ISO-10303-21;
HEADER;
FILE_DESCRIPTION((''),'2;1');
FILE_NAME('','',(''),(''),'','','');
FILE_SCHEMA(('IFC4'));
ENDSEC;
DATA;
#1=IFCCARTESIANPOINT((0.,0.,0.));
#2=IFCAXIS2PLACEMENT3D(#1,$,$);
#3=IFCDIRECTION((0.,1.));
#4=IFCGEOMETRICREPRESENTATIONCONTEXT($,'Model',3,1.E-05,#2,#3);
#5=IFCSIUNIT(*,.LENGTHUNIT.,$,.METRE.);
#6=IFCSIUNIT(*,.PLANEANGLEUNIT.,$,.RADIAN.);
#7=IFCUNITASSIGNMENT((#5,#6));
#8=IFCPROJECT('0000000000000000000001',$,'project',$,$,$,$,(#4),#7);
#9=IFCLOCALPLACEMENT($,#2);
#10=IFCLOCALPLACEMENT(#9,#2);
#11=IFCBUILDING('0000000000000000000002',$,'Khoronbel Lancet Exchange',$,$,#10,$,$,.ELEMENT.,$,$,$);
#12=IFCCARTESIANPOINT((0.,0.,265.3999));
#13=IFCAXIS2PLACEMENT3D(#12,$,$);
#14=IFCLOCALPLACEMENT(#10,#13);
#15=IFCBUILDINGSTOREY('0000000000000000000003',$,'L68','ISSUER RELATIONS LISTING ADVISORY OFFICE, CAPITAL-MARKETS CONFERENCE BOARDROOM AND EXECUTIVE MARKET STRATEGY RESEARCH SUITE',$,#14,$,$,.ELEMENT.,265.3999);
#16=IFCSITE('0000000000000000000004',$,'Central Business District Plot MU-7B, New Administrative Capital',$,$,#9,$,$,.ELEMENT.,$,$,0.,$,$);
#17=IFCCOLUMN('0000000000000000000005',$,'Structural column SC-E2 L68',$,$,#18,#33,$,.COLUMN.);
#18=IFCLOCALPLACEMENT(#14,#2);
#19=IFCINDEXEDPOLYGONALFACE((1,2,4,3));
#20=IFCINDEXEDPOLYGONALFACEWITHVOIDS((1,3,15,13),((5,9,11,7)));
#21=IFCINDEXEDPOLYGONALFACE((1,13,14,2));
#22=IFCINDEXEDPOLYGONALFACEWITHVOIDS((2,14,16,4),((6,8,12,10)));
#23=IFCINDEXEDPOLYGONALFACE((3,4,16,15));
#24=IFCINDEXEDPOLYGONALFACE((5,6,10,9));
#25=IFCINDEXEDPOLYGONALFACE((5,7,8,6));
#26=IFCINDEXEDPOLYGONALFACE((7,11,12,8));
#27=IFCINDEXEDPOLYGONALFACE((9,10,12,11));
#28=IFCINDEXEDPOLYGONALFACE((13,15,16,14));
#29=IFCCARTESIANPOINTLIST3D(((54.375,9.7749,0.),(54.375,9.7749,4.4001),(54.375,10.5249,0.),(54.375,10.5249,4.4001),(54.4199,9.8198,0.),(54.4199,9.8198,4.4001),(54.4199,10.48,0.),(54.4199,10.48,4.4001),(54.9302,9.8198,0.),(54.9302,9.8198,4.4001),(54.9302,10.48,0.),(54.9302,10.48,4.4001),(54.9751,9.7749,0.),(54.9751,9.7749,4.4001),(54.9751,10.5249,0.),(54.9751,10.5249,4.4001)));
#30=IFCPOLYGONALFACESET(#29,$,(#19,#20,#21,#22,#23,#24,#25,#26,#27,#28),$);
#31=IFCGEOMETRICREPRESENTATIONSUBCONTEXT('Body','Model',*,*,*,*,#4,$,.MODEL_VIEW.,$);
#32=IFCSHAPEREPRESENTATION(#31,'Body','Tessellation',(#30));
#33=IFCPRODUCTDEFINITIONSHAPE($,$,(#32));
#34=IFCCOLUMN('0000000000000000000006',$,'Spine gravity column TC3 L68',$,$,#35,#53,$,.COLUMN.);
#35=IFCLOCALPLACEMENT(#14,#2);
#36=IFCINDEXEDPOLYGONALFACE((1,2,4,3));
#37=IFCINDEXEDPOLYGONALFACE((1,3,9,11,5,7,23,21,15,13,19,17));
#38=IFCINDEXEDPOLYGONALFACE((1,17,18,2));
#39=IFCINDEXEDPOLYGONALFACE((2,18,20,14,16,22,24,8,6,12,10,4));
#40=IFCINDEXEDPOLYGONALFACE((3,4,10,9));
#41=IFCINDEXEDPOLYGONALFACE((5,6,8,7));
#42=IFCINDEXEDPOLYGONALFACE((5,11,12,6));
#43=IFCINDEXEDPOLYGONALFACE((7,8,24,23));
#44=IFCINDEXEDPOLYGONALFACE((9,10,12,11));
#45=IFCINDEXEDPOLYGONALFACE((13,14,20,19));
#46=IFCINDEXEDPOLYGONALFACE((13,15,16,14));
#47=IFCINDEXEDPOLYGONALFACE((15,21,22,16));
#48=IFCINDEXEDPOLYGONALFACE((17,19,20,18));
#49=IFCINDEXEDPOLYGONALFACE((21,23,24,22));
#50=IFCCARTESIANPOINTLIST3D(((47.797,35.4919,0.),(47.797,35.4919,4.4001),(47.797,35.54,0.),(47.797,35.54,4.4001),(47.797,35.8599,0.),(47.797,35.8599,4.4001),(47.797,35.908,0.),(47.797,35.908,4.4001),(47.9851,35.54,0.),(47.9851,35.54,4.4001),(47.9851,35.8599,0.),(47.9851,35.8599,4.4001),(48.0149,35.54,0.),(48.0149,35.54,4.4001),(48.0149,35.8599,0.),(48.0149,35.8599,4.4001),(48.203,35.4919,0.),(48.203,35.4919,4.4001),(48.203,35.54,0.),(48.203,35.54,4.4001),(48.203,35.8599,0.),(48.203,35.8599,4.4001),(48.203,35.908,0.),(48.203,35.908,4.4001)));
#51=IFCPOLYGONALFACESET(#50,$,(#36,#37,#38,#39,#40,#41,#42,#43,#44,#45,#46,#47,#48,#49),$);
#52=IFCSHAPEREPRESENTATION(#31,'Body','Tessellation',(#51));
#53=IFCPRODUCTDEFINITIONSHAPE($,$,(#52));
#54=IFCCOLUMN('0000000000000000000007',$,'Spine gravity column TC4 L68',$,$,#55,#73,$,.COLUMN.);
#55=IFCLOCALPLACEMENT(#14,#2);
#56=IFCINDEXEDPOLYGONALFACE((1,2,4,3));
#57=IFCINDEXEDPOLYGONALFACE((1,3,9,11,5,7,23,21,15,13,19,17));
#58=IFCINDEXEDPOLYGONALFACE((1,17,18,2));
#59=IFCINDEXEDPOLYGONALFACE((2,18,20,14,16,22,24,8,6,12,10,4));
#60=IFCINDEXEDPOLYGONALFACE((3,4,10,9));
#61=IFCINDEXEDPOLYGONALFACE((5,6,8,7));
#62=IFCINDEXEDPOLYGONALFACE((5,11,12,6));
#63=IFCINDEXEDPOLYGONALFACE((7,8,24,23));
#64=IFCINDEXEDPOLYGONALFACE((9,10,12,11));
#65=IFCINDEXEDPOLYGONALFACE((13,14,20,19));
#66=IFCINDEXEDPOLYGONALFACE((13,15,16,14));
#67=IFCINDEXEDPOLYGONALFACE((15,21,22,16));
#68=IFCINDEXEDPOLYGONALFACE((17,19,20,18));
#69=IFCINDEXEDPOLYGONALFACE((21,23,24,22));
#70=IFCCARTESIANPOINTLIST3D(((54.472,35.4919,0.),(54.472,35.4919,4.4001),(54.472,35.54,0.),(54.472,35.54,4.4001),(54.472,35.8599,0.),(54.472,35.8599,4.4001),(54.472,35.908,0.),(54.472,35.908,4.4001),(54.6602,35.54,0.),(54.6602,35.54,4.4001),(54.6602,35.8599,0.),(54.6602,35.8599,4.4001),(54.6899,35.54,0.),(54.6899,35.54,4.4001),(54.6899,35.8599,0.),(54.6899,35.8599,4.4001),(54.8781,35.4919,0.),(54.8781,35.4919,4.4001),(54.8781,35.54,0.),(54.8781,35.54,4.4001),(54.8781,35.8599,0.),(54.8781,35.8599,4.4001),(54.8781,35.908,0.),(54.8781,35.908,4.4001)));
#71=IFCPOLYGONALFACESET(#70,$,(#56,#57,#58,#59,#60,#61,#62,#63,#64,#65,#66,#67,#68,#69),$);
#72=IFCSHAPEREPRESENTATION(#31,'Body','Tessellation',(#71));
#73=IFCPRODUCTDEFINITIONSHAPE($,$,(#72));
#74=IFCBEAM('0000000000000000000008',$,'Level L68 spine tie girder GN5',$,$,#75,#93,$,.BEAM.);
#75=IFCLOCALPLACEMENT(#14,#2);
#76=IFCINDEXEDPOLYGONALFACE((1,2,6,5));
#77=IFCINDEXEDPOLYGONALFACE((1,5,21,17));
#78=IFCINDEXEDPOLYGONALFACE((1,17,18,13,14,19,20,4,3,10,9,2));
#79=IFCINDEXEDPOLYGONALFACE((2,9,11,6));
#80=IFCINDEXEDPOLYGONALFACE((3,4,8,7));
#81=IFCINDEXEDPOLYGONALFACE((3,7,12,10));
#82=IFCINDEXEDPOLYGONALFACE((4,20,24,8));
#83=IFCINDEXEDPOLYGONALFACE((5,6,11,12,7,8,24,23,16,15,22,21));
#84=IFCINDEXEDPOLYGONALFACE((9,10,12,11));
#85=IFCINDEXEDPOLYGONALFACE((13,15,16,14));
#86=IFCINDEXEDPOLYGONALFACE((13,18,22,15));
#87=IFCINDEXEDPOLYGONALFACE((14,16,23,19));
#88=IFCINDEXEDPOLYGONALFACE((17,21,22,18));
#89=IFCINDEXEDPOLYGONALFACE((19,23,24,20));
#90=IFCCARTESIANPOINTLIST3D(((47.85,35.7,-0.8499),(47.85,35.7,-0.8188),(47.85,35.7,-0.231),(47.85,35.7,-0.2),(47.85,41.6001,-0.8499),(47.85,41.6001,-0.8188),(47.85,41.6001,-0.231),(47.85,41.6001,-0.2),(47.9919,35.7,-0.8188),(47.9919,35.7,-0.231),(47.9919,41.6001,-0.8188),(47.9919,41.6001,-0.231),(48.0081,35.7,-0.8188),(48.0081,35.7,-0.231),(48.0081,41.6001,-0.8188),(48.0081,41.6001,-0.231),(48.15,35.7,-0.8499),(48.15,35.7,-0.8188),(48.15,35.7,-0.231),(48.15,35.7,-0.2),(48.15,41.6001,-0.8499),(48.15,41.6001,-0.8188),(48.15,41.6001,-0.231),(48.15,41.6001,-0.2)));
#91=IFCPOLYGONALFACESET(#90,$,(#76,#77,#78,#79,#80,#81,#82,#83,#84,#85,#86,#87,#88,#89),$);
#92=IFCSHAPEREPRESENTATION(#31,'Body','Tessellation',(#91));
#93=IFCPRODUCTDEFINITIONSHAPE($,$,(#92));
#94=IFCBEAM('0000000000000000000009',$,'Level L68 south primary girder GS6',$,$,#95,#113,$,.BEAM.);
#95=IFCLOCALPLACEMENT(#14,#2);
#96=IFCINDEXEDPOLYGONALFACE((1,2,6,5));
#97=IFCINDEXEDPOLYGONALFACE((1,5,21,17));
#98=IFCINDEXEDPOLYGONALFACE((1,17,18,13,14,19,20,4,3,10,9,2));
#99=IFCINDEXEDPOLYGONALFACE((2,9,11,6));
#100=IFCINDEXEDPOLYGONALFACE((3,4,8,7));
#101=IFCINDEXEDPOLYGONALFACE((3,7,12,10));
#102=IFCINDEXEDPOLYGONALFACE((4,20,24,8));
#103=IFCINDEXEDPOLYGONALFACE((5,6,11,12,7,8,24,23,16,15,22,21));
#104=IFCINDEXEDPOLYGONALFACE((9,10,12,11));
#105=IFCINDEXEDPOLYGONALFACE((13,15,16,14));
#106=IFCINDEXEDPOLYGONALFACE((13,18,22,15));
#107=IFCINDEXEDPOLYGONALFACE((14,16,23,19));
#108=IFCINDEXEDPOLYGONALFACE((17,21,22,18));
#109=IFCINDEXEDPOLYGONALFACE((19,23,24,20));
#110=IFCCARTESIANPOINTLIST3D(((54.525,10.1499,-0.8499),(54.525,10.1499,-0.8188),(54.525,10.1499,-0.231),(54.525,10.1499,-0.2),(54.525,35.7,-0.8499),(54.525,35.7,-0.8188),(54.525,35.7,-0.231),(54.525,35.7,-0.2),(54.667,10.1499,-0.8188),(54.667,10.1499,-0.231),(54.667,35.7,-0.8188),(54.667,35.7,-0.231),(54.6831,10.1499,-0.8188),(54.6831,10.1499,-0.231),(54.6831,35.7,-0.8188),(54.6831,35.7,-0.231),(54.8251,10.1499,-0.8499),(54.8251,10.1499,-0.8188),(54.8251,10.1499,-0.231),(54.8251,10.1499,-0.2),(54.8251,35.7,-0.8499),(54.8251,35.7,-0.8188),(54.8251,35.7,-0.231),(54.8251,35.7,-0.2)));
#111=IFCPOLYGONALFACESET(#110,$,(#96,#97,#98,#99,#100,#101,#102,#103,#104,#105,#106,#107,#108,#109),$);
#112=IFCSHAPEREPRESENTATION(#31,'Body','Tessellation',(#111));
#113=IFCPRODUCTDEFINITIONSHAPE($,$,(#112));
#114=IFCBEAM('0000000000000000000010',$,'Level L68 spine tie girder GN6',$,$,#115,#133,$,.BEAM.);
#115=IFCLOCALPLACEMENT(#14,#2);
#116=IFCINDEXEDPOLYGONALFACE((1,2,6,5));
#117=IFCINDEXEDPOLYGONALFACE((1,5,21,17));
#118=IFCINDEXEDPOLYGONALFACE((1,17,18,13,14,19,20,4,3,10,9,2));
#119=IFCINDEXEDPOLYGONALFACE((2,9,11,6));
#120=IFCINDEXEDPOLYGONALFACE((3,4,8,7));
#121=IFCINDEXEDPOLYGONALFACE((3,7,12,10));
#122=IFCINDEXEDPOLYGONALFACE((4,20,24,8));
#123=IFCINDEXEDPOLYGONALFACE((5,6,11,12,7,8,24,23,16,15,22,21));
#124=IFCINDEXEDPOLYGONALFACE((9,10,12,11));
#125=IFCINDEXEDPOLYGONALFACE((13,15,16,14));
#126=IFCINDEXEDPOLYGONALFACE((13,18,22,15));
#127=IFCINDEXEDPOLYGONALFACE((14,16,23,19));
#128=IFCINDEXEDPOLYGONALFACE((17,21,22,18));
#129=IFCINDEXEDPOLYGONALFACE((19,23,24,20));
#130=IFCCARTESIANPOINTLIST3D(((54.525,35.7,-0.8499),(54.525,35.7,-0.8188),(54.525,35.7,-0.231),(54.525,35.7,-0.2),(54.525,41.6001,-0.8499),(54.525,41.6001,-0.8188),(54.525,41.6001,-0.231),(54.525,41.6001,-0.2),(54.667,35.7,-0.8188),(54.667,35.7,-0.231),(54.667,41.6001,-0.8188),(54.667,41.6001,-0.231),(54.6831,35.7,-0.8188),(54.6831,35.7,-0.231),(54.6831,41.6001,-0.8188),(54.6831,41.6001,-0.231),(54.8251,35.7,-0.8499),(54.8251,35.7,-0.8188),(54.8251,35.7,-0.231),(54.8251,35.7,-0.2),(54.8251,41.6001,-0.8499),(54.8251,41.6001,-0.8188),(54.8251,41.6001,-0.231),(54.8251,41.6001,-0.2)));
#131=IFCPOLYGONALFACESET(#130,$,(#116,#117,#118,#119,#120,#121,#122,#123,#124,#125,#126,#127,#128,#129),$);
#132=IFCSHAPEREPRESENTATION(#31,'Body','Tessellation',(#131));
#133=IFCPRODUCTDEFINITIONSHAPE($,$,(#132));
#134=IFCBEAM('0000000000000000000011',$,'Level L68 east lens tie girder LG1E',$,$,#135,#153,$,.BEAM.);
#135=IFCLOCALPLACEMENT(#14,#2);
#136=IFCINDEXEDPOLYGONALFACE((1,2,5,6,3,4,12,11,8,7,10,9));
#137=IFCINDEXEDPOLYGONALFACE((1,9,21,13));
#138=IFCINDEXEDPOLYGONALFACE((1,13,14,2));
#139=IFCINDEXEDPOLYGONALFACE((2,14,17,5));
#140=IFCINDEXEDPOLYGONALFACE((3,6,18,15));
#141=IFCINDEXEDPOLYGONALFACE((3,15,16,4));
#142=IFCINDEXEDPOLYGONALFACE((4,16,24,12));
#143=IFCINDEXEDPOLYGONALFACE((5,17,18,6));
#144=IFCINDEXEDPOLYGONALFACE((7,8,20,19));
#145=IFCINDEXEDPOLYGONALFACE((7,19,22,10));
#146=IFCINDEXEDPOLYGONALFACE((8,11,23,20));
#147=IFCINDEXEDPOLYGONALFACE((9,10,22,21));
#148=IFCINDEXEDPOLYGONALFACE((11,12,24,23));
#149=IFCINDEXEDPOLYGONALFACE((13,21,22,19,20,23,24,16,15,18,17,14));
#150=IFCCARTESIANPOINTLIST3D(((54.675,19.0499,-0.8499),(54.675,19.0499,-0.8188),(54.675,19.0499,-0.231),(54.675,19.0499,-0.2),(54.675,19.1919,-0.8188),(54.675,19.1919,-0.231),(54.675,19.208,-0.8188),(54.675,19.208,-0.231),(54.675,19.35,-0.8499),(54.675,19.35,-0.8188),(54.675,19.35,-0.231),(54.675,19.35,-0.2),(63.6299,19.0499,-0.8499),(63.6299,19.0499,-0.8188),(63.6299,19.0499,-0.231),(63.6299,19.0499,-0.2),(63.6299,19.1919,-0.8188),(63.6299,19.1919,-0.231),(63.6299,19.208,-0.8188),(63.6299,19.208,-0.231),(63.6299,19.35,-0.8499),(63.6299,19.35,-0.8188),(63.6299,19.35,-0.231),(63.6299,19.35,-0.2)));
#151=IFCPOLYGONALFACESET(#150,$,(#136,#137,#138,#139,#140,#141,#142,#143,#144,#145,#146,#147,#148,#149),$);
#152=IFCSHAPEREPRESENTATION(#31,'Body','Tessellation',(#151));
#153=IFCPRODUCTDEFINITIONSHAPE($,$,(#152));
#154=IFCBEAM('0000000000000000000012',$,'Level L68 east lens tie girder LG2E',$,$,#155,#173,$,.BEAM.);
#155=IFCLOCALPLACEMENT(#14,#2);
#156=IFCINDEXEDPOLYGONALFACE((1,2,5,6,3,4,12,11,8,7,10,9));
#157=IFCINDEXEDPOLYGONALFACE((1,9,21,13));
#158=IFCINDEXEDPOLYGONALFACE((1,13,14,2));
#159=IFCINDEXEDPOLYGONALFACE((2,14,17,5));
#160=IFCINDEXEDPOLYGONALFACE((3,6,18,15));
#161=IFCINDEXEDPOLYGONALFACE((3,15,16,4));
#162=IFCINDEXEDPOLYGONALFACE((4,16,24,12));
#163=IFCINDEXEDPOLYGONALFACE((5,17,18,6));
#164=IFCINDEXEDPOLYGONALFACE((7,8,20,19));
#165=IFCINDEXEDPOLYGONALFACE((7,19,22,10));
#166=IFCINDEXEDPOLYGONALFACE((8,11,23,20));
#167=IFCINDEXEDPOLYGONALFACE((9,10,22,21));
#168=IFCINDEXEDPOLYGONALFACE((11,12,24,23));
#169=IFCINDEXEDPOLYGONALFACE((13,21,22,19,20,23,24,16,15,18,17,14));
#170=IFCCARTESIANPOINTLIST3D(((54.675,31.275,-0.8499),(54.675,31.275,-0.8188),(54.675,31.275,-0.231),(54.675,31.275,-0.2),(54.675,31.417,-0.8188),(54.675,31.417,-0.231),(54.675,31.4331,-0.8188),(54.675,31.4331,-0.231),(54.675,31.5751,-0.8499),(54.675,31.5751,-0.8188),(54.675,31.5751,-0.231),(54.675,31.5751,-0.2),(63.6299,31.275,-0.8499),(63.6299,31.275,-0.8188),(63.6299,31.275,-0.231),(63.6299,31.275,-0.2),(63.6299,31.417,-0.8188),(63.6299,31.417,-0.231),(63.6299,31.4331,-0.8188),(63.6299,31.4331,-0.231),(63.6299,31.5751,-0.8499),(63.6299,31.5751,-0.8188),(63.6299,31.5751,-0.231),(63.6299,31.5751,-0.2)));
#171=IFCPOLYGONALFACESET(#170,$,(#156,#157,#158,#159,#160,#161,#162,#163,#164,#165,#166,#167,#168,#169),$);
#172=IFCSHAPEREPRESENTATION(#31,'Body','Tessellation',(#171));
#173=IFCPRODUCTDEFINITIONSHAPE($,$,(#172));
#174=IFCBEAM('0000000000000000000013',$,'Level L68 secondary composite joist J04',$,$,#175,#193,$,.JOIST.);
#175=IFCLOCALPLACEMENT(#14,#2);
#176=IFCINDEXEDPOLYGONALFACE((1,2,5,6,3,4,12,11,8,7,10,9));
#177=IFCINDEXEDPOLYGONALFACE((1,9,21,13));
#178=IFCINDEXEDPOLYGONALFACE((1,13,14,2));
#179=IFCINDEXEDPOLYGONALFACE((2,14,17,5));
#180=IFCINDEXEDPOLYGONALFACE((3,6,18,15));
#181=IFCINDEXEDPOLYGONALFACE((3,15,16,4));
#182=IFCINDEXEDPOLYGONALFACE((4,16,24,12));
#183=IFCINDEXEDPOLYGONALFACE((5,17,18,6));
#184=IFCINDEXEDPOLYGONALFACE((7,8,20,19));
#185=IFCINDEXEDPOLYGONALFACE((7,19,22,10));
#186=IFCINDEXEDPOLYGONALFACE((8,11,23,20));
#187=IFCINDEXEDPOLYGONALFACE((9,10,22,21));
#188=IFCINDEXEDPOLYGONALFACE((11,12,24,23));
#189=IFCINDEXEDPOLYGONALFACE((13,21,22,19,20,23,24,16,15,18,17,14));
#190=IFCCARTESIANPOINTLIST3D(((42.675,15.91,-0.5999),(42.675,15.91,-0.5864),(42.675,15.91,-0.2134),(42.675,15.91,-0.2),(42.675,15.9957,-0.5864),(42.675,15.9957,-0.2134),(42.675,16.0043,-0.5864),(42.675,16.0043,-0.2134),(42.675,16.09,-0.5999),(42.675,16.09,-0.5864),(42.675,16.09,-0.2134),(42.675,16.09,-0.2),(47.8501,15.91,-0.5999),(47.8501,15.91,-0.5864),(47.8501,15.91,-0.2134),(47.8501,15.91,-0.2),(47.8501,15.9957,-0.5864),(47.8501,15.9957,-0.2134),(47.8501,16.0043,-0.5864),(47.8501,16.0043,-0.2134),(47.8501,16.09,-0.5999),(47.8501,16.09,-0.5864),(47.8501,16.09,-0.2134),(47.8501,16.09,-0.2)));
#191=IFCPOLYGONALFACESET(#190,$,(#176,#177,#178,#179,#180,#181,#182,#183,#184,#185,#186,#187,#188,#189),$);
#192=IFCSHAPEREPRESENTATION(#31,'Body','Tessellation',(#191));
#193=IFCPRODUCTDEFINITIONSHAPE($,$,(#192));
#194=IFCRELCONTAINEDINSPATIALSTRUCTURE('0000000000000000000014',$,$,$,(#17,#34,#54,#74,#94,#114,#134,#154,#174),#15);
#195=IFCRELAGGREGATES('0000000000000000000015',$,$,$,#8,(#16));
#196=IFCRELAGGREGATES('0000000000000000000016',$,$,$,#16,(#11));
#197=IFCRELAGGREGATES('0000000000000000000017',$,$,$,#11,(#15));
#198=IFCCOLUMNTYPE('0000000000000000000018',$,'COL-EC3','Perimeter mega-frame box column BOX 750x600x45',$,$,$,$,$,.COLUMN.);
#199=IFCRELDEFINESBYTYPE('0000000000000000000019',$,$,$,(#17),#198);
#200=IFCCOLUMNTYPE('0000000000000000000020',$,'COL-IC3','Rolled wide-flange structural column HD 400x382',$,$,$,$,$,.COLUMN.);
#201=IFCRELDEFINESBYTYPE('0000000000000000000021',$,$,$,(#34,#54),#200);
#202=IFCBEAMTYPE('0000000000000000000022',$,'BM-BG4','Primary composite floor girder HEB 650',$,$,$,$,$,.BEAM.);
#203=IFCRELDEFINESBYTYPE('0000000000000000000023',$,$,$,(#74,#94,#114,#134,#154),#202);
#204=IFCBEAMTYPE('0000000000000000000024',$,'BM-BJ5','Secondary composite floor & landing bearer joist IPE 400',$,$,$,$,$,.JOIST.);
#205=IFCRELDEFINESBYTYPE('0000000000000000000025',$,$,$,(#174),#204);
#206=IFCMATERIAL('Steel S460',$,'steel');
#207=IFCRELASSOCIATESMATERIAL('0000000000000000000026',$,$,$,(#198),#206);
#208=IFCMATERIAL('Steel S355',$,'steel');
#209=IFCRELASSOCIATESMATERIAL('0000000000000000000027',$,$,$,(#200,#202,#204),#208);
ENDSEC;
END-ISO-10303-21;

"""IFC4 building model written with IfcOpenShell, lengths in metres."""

from ifc_helpers import new_model, si_unit, direction, frame, origin, origin_2d, place, context, subcontext, project, spatial, hollow_rectangle, i_section, extrude, material, material_profile, profile_set, type_object, element, save


model = new_model("IFC4")

# Units and contexts
model_context = context("Model", 3, precision=1e-05, world=origin(), true_north=direction((0.0, 1.0)))
body_context = subcontext(model_context, "Body", "Model", "MODEL_VIEW")
ifc_project = project(units=[si_unit("LENGTHUNIT", "METRE"), si_unit("PLANEANGLEUNIT", "RADIAN")], contexts=[model_context])

# Site, building, storey
site_placement = place(None, origin())
site = spatial("IfcSite", under=ifc_project, at=site_placement, Name="Central Business District Plot MU-7B, New Administrative Capital", CompositionType="ELEMENT", RefElevation=0.0)
building_placement = place(site_placement, origin())
building = spatial("IfcBuilding", under=site, at=building_placement, Name="Khoronbel Lancet Exchange", CompositionType="ELEMENT")
storey_placement = place(building_placement, frame((0.0, 0.0, 265.3999)))
storey = spatial("IfcBuildingStorey", under=building, at=storey_placement, Name="L68", Description="ISSUER RELATIONS LISTING ADVISORY OFFICE, CAPITAL-MARKETS CONFERENCE BOARDROOM AND EXECUTIVE MARKET STRATEGY RESEARCH SUITE", CompositionType="ELEMENT", Elevation=265.3999)

# Columns
ifc_material_1 = material(Name="Steel S460", Category="steel")
ifc_material_profile_1 = material_profile(ifc_material_1, hollow_rectangle(XDim=0.6001, YDim=0.75, WallThickness=0.0449, at=origin_2d()), Name="BOX 750x600x45")
ifc_profile_set_1 = profile_set([ifc_material_profile_1], Name="Steel S460")
column_type_1 = type_object("IfcColumnType", Name="COL-EC3", Description="Perimeter mega-frame box column BOX 750x600x45", PredefinedType="COLUMN", material=ifc_profile_set_1)
column_placement = place(storey_placement, frame((54.675, 10.1499, 0.0), z_axis=(0.0, 0.0, 1.0), x_axis=(1.0, 0.0, 0.0)))
element("IfcColumn", 1, at=column_placement, inside=storey, type_object=column_type_1, Name="Structural column SC-E2 L68", PredefinedType="COLUMN", context=body_context, shape_type="SweptSolid", body=[
    extrude(hollow_rectangle(XDim=0.6001, YDim=0.75, WallThickness=0.0449, at=origin_2d()), origin(), (0.0, 0.0, 1.0), 4.4001),
])
ifc_material_2 = material(Name="Steel S355", Category="steel")
ifc_material_profile_2 = material_profile(ifc_material_2, i_section(OverallWidth=0.406, OverallDepth=0.416, WebThickness=0.0298, FlangeThickness=0.0481, at=origin_2d()), Name="HD 400x382")
ifc_profile_set_2 = profile_set([ifc_material_profile_2], Name="Steel S355")
column_type_2 = type_object("IfcColumnType", Name="COL-IC3", Description="Rolled wide-flange structural column HD 400x382", PredefinedType="COLUMN", material=ifc_profile_set_2)
for number, where, z_axis, x_axis, name in (
    (2, (48.0, 35.7, 0.0), (0.0, 0.0, 1.0), (1.0, 0.0, 0.0), "Spine gravity column TC3 L68"),
    (3, (54.675, 35.7, 0.0), (0.0, 0.0, 1.0), (1.0, 0.0, 0.0), "Spine gravity column TC4 L68"),
):
    element("IfcColumn", number, at=place(storey_placement, frame(where, z_axis=z_axis, x_axis=x_axis)), inside=storey, type_object=column_type_2, Name=name, PredefinedType="COLUMN", context=body_context, shape_type="SweptSolid", body=[
        extrude(i_section(OverallWidth=0.406, OverallDepth=0.416, WebThickness=0.0298, FlangeThickness=0.0481, at=origin_2d()), origin(), (0.0, 0.0, 1.0), 4.4001),
    ])

# Beams
ifc_material_profile_3 = material_profile(ifc_material_2, i_section(OverallWidth=0.3, OverallDepth=0.6499, WebThickness=0.0161, FlangeThickness=0.031, at=origin_2d()), Name="HEB 650")
ifc_profile_set_3 = profile_set([ifc_material_profile_3], Name="Steel S355")
beam_type_1 = type_object("IfcBeamType", Name="BM-BG4", Description="Primary composite floor girder HEB 650", PredefinedType="BEAM", material=ifc_profile_set_3)
beam_1_placement = place(storey_placement, frame((48.0, 35.7, -0.5249), z_axis=(0.0, 1.0, 0.0), x_axis=(-1.0, 0.0, 0.0)))
element("IfcBeam", 4, at=beam_1_placement, inside=storey, type_object=beam_type_1, Name="Level L68 spine tie girder GN5", PredefinedType="BEAM", context=body_context, shape_type="SweptSolid", body=[
    extrude(i_section(OverallWidth=0.3, OverallDepth=0.6499, WebThickness=0.0161, FlangeThickness=0.031, at=origin_2d()), origin(), (0.0, 0.0, 1.0), 5.9001),
])
beam_2_placement = place(storey_placement, frame((54.675, 10.1499, -0.5249), z_axis=(0.0, 1.0, 0.0), x_axis=(-1.0, 0.0, 0.0)))
element("IfcBeam", 5, at=beam_2_placement, inside=storey, type_object=beam_type_1, Name="Level L68 south primary girder GS6", PredefinedType="BEAM", context=body_context, shape_type="SweptSolid", body=[
    extrude(i_section(OverallWidth=0.3, OverallDepth=0.6499, WebThickness=0.0161, FlangeThickness=0.031, at=origin_2d()), origin(), (0.0, 0.0, 1.0), 25.55),
])
beam_3_placement = place(storey_placement, frame((54.675, 35.7, -0.5249), z_axis=(0.0, 1.0, 0.0), x_axis=(-1.0, 0.0, 0.0)))
element("IfcBeam", 6, at=beam_3_placement, inside=storey, type_object=beam_type_1, Name="Level L68 spine tie girder GN6", PredefinedType="BEAM", context=body_context, shape_type="SweptSolid", body=[
    extrude(i_section(OverallWidth=0.3, OverallDepth=0.6499, WebThickness=0.0161, FlangeThickness=0.031, at=origin_2d()), origin(), (0.0, 0.0, 1.0), 5.9001),
])
for number, where, z_axis, x_axis, name in (
    (7, (54.675, 19.2, -0.5249), (1.0, 0.0, 0.0), (0.0, 1.0, 0.0), "Level L68 east lens tie girder LG1E"),
    (8, (54.675, 31.425, -0.5249), (1.0, 0.0, 0.0), (0.0, 1.0, 0.0), "Level L68 east lens tie girder LG2E"),
):
    element("IfcBeam", number, at=place(storey_placement, frame(where, z_axis=z_axis, x_axis=x_axis)), inside=storey, type_object=beam_type_1, Name=name, PredefinedType="BEAM", context=body_context, shape_type="SweptSolid", body=[
        extrude(i_section(OverallWidth=0.3, OverallDepth=0.6499, WebThickness=0.0161, FlangeThickness=0.031, at=origin_2d()), origin(), (0.0, 0.0, 1.0), 8.9548),
    ])
ifc_material_profile_4 = material_profile(ifc_material_2, i_section(OverallWidth=0.1799, OverallDepth=0.3999, WebThickness=0.0085, FlangeThickness=0.0134, at=origin_2d()), Name="IPE 400")
ifc_profile_set_4 = profile_set([ifc_material_profile_4], Name="Steel S355")
beam_type_2 = type_object("IfcBeamType", Name="BM-BJ5", Description="Secondary composite floor & landing bearer joist IPE 400", PredefinedType="JOIST", material=ifc_profile_set_4)
beam_4_placement = place(storey_placement, frame((42.675, 16.0, -0.3999), z_axis=(1.0, 0.0, 0.0), x_axis=(0.0, 1.0, 0.0)))
element("IfcBeam", 9, at=beam_4_placement, inside=storey, type_object=beam_type_2, Name="Level L68 secondary composite joist J04", PredefinedType="JOIST", context=body_context, shape_type="SweptSolid", body=[
    extrude(i_section(OverallWidth=0.1799, OverallDepth=0.3999, WebThickness=0.0085, FlangeThickness=0.0134, at=origin_2d()), origin(), (0.0, 0.0, 1.0), 5.175),
])

save(model, "model.ifc")
